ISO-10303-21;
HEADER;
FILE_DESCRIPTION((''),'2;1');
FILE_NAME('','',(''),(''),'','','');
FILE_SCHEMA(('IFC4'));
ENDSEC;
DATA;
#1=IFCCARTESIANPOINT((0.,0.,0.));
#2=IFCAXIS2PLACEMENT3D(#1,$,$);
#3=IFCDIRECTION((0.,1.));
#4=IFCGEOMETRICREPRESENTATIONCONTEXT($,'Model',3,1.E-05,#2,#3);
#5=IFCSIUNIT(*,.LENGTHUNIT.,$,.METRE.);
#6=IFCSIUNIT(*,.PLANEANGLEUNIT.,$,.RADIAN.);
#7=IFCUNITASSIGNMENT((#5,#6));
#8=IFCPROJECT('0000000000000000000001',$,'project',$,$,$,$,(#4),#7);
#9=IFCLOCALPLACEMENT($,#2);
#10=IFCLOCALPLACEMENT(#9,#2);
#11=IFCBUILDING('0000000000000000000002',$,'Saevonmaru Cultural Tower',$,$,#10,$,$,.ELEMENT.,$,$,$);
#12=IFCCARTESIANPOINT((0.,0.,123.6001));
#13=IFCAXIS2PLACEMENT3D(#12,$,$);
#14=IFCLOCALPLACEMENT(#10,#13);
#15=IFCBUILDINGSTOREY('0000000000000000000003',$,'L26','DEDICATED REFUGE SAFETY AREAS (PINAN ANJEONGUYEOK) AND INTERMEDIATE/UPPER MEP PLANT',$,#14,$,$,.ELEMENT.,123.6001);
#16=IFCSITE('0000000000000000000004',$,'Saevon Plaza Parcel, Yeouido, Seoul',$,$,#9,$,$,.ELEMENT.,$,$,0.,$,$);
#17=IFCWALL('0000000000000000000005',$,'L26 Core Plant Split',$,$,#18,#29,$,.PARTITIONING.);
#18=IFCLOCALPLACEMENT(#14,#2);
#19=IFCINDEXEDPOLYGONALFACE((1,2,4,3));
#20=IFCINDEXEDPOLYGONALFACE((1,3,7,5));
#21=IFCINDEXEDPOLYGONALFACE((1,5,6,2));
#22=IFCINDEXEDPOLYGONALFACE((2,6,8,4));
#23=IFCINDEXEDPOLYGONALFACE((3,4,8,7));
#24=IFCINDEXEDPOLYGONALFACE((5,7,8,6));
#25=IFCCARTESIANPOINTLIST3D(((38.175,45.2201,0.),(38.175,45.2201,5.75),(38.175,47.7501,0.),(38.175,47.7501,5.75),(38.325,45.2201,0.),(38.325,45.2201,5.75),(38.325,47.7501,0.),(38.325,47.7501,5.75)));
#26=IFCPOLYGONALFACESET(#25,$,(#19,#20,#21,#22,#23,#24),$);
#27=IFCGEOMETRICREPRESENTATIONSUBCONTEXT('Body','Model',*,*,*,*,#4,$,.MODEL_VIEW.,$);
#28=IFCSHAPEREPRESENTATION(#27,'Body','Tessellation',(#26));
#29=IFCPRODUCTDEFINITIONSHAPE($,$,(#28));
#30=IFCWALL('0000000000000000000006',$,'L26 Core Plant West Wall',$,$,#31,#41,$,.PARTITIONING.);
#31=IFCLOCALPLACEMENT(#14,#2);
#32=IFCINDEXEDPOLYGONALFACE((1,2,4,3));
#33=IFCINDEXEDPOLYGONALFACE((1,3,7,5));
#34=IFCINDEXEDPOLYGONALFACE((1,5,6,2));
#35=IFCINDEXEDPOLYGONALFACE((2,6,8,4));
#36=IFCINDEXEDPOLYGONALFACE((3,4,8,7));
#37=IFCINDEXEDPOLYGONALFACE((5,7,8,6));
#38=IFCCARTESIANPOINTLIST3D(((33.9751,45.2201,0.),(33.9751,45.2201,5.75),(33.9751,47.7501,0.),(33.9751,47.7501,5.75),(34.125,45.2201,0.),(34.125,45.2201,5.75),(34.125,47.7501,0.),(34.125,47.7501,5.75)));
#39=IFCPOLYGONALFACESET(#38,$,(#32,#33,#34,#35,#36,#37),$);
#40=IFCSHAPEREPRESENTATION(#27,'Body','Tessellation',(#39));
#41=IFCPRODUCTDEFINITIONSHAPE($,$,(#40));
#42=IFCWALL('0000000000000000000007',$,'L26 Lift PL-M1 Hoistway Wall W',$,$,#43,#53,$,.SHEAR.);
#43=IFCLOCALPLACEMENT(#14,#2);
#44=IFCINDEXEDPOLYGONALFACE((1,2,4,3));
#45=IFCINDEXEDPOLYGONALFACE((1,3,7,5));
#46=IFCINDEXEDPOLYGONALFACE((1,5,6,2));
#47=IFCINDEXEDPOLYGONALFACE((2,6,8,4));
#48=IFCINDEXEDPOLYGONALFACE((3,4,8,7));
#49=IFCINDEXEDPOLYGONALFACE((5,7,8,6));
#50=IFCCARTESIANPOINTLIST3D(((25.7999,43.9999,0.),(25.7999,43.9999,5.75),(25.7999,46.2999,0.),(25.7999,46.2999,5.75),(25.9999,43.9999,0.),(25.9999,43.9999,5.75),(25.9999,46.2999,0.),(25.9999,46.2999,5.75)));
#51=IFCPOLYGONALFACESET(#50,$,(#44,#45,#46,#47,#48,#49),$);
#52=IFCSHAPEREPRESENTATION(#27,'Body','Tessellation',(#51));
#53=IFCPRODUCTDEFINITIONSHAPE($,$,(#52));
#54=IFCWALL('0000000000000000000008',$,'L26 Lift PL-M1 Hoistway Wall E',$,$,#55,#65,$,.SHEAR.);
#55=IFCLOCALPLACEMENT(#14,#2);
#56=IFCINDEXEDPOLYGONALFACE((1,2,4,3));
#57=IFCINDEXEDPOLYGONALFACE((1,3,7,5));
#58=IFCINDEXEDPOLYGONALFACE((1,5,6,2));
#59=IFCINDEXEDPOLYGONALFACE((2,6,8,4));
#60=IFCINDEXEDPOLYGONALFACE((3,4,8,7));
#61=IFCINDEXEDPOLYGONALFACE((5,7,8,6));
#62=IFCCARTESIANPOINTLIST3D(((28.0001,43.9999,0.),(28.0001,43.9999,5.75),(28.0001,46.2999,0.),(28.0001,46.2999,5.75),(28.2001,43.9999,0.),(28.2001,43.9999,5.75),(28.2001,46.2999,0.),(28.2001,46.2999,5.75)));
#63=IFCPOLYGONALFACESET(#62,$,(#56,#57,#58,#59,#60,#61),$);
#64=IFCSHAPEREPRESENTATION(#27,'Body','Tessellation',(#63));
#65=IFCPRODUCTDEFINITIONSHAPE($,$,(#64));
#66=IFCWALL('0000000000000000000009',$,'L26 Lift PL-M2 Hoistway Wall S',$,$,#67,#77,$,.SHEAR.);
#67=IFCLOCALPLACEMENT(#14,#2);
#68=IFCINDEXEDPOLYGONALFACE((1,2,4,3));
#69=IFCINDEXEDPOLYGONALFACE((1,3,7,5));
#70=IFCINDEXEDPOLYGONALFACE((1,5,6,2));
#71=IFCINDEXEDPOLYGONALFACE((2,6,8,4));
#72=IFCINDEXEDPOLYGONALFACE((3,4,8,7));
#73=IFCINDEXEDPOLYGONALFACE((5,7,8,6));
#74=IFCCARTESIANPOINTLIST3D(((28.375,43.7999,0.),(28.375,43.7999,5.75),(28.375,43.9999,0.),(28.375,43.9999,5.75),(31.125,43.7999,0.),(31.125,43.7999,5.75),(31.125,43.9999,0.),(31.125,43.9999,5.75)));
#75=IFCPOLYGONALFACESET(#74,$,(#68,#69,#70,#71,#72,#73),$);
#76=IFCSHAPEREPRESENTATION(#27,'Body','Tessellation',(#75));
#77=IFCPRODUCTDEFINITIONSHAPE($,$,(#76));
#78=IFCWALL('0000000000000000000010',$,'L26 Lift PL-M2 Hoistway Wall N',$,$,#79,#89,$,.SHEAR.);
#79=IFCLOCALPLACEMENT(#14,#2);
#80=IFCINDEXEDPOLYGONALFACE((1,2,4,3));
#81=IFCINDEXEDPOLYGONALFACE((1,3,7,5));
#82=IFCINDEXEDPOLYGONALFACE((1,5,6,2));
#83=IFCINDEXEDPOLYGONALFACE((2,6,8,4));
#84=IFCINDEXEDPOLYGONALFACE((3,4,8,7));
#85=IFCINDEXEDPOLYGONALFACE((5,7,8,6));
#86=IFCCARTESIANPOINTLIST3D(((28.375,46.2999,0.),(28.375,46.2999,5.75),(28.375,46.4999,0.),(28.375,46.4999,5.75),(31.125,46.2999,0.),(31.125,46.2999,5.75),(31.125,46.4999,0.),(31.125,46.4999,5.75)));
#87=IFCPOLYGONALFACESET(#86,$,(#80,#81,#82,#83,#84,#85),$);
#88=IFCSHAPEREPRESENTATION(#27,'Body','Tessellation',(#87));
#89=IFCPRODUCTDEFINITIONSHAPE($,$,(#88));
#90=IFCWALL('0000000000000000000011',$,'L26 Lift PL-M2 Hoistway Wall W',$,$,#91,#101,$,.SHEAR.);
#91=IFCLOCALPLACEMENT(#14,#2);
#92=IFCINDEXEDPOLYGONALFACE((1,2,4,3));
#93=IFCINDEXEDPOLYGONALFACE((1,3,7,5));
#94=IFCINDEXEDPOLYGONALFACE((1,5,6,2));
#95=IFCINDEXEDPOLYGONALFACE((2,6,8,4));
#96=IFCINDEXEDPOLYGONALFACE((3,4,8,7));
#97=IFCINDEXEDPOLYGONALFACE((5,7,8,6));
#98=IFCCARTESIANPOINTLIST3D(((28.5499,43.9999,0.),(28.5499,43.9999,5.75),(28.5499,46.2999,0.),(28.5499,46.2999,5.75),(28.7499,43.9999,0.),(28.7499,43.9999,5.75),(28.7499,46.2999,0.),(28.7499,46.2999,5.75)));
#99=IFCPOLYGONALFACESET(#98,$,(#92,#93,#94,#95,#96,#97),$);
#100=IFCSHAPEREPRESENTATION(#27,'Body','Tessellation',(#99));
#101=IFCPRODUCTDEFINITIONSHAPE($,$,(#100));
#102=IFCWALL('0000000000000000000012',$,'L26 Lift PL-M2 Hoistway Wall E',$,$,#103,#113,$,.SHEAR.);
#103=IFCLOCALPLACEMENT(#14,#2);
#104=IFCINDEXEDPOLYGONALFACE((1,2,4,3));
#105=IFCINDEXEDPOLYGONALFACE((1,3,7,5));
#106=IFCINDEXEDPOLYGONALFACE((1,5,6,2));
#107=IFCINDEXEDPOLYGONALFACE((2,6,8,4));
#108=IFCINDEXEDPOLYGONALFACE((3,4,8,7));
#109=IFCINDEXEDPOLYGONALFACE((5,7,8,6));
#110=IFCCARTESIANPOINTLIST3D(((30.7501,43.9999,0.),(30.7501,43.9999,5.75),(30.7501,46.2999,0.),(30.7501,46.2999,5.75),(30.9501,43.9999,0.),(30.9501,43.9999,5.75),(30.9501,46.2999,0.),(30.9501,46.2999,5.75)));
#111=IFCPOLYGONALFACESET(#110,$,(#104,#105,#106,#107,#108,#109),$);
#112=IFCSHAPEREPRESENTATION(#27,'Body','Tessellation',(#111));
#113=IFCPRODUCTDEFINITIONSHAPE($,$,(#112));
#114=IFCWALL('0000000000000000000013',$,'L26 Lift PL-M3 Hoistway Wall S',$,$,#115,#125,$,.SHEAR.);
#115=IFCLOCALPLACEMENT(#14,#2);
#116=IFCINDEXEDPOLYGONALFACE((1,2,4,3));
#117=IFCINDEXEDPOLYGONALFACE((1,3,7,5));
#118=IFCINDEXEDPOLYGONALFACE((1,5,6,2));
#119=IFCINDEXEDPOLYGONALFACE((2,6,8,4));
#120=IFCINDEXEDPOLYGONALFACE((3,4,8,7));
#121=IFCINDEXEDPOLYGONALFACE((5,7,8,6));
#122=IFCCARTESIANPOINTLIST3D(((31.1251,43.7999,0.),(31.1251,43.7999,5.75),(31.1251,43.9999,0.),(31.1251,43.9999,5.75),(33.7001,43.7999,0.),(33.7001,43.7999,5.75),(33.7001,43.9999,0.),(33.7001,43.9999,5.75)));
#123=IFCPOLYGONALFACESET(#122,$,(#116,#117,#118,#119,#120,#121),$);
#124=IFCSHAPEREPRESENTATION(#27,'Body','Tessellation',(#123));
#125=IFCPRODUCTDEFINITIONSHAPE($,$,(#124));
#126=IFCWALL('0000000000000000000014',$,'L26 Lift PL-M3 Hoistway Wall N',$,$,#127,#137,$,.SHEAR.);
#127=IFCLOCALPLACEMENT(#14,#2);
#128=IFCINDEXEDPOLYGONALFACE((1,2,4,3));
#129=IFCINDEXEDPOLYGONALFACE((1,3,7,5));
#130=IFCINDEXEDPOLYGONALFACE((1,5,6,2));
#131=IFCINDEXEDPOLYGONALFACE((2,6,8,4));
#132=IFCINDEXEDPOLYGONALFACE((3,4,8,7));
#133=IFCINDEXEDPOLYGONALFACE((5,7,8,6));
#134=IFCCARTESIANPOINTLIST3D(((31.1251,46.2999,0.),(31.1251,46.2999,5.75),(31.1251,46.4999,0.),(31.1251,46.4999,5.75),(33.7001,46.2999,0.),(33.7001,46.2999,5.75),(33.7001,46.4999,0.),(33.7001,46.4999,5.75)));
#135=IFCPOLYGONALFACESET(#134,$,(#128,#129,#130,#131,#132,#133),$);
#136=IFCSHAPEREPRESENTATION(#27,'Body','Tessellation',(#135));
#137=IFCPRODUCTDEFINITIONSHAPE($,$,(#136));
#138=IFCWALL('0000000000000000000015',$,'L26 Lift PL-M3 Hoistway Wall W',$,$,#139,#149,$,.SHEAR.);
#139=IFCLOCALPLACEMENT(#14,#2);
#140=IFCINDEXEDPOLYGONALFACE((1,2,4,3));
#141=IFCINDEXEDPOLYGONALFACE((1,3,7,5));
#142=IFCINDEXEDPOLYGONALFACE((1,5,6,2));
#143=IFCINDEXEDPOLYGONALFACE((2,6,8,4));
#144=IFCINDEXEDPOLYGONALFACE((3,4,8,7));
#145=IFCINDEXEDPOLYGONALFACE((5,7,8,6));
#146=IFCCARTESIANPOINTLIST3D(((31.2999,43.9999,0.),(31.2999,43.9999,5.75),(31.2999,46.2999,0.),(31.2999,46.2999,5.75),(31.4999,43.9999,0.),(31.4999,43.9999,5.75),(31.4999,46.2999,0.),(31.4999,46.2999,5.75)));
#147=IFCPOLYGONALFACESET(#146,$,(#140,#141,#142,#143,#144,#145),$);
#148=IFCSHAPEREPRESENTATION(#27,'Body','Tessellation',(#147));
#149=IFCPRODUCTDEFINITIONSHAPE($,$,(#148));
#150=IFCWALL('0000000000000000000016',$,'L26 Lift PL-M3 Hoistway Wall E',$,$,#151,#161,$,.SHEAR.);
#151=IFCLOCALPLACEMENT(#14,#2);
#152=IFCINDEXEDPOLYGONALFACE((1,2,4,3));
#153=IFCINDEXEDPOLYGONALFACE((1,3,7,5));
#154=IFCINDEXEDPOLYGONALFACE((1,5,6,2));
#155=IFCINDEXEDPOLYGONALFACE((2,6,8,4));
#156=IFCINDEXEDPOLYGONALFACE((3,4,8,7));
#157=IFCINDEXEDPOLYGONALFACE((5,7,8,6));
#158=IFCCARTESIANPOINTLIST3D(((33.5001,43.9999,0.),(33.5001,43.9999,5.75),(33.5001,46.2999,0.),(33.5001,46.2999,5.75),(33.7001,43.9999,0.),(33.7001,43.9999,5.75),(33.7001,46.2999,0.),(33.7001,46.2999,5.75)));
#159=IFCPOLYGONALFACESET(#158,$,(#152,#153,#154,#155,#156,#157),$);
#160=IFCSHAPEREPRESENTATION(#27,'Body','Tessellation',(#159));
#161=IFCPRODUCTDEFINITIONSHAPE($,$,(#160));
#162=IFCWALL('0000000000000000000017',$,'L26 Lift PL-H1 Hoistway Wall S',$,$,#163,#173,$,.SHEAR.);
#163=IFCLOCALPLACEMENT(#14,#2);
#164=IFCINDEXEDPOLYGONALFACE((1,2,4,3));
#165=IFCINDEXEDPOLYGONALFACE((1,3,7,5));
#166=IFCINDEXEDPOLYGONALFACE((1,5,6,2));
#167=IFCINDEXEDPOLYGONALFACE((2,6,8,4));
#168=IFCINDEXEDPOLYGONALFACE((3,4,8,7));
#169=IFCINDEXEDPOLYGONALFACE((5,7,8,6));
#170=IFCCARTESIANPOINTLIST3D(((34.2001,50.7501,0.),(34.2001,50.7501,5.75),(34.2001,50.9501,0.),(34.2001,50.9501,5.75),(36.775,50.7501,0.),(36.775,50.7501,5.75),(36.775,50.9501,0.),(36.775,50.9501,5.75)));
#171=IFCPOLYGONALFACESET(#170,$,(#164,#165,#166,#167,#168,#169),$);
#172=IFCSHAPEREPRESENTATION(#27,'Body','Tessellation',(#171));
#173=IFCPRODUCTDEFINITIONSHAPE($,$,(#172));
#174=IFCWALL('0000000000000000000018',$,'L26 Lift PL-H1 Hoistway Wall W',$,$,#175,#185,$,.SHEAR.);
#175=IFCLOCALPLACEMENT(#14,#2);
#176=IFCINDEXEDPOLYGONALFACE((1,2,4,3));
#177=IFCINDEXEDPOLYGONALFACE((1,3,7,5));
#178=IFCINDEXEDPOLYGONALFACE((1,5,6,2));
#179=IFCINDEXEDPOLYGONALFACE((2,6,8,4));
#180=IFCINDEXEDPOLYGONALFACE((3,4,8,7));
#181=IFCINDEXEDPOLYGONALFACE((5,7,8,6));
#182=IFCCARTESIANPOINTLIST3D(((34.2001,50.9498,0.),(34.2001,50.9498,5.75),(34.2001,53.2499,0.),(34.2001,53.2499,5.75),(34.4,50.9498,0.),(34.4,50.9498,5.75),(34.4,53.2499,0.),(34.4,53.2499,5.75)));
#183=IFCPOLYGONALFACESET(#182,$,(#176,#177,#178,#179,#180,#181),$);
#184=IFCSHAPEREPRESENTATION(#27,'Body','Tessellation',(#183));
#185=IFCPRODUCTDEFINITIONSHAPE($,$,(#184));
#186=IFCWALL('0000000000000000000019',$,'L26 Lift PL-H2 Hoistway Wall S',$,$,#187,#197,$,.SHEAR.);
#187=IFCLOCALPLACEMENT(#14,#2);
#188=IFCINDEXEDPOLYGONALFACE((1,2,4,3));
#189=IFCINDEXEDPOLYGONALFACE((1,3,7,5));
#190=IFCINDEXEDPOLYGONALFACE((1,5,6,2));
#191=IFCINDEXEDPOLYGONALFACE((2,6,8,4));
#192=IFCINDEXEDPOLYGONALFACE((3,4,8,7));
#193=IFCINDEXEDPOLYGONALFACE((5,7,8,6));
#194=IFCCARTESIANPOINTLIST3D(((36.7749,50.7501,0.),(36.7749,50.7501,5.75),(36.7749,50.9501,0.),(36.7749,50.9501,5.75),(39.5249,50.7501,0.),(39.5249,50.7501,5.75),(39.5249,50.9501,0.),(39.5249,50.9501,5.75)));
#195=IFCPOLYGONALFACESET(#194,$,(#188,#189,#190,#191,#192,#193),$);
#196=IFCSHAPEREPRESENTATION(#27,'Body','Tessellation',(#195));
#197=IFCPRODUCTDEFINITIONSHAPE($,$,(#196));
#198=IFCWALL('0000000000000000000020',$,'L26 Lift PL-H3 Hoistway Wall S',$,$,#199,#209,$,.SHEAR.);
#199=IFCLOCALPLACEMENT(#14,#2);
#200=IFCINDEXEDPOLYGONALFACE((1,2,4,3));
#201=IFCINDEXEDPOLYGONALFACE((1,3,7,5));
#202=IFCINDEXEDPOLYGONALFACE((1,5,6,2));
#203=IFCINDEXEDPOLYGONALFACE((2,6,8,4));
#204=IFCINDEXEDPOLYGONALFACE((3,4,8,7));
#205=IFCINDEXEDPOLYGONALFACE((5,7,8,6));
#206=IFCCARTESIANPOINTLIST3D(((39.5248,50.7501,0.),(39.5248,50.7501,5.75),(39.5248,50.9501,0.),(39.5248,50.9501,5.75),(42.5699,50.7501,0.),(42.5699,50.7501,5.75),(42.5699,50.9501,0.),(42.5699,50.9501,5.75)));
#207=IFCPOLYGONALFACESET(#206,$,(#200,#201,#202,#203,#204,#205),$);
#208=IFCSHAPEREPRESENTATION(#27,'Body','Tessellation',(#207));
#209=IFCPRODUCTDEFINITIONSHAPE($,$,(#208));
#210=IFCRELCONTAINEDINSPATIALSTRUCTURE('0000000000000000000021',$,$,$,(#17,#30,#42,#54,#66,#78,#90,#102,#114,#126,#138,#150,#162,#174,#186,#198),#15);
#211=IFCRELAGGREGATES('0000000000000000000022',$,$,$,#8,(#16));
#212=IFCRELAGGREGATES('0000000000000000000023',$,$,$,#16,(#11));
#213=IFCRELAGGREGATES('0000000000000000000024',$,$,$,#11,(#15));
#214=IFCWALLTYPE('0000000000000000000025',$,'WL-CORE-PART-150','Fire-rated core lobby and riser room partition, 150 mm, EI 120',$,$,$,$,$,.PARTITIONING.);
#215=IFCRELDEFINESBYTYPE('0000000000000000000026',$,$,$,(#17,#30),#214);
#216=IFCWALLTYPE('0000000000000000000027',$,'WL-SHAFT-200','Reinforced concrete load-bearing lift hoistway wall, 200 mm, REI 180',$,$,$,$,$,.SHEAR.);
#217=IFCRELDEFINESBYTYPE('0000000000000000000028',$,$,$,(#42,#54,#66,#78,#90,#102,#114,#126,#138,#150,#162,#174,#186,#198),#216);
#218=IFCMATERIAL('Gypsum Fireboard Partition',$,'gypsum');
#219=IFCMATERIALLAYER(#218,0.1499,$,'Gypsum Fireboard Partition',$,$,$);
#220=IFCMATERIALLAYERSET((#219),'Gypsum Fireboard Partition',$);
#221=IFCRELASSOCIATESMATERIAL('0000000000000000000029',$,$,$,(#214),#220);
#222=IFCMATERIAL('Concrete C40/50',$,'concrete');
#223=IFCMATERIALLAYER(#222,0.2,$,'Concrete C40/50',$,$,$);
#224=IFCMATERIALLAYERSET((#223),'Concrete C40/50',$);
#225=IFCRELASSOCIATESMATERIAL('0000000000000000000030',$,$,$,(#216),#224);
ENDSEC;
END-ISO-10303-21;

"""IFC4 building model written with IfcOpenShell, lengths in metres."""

from ifc_helpers import new_model, si_unit, direction, frame, frame_2d, origin, place, context, subcontext, project, spatial, rectangle, extrude, material, layer, layer_set, type_object, element, save


model = new_model("IFC4")

# Units and contexts
model_context = context("Model", 3, precision=1e-05, world=origin(), true_north=direction((0.0, 1.0)))
body_context = subcontext(model_context, "Body", "Model", "MODEL_VIEW")
ifc_project = project(units=[si_unit("LENGTHUNIT", "METRE"), si_unit("PLANEANGLEUNIT", "RADIAN")], contexts=[model_context])

# Site, building, storey
site_placement = place(None, origin())
site = spatial("IfcSite", under=ifc_project, at=site_placement, Name="Saevon Plaza Parcel, Yeouido, Seoul", CompositionType="ELEMENT", RefElevation=0.0)
building_placement = place(site_placement, origin())
building = spatial("IfcBuilding", under=site, at=building_placement, Name="Saevonmaru Cultural Tower", CompositionType="ELEMENT")
storey_placement = place(building_placement, frame((0.0, 0.0, 123.6001)))
storey = spatial("IfcBuildingStorey", under=building, at=storey_placement, Name="L26", Description="DEDICATED REFUGE SAFETY AREAS (PINAN ANJEONGUYEOK) AND INTERMEDIATE/UPPER MEP PLANT", CompositionType="ELEMENT", Elevation=123.6001)

# Shared definitions
ifc_material_1 = material(Name="Gypsum Fireboard Partition", Category="gypsum")
ifc_layer_1 = layer(ifc_material_1, 0.1499, Name="Gypsum Fireboard Partition")
ifc_layer_set_1 = layer_set([ifc_layer_1], Name="Gypsum Fireboard Partition")
wall_type_1 = type_object("IfcWallType", Name="WL-CORE-PART-150", Description="Fire-rated core lobby and riser room partition, 150 mm, EI 120", PredefinedType="PARTITIONING", material=ifc_layer_set_1)

# Walls
for number, where, z_axis, x_axis, name in (
    (1, (38.25, 45.22, 0.0), (0.0, 0.0, 1.0), (0.0, 1.0, 0.0), "L26 Core Plant Split"),
    (2, (34.05, 45.22, 0.0), (0.0, 0.0, 1.0), (0.0, 1.0, 0.0), "L26 Core Plant West Wall"),
):
    element("IfcWall", number, at=place(storey_placement, frame(where, z_axis=z_axis, x_axis=x_axis)), inside=storey, type_object=wall_type_1, Name=name, PredefinedType="PARTITIONING", context=body_context, shape_type="SweptSolid", body=[
        extrude(rectangle(XDim=2.53, YDim=0.1499, at=frame_2d((1.2651, 0.0))), origin(), (0.0, 0.0, 1.0), 5.75),
    ])
ifc_material_2 = material(Name="Concrete C40/50", Category="concrete")
ifc_layer_2 = layer(ifc_material_2, 0.2, Name="Concrete C40/50")
ifc_layer_set_2 = layer_set([ifc_layer_2], Name="Concrete C40/50")
wall_type_2 = type_object("IfcWallType", Name="WL-SHAFT-200", Description="Reinforced concrete load-bearing lift hoistway wall, 200 mm, REI 180", PredefinedType="SHEAR", material=ifc_layer_set_2)
for number, where, z_axis, x_axis, name in (
    (3, (25.8999, 44.0, 0.0), (0.0, 0.0, 1.0), (0.0, 1.0, 0.0), "L26 Lift PL-M1 Hoistway Wall W"),
    (4, (28.1001, 44.0, 0.0), (0.0, 0.0, 1.0), (0.0, 1.0, 0.0), "L26 Lift PL-M1 Hoistway Wall E"),
):
    element("IfcWall", number, at=place(storey_placement, frame(where, z_axis=z_axis, x_axis=x_axis)), inside=storey, type_object=wall_type_2, Name=name, PredefinedType="SHEAR", context=body_context, shape_type="SweptSolid", body=[
        extrude(rectangle(XDim=2.3, YDim=0.2, at=frame_2d((1.1499, 0.0))), origin(), (0.0, 0.0, 1.0), 5.75),
    ])
for number, where, z_axis, x_axis, name in (
    (5, (28.375, 43.8999, 0.0), (0.0, 0.0, 1.0), (1.0, 0.0, 0.0), "L26 Lift PL-M2 Hoistway Wall S"),
    (6, (28.375, 46.3999, 0.0), (0.0, 0.0, 1.0), (1.0, 0.0, 0.0), "L26 Lift PL-M2 Hoistway Wall N"),
):
    element("IfcWall", number, at=place(storey_placement, frame(where, z_axis=z_axis, x_axis=x_axis)), inside=storey, type_object=wall_type_2, Name=name, PredefinedType="SHEAR", context=body_context, shape_type="SweptSolid", body=[
        extrude(rectangle(XDim=2.75, YDim=0.2, at=frame_2d((1.375, 0.0))), origin(), (0.0, 0.0, 1.0), 5.75),
    ])
for number, where, z_axis, x_axis, name in (
    (7, (28.6499, 44.0, 0.0), (0.0, 0.0, 1.0), (0.0, 1.0, 0.0), "L26 Lift PL-M2 Hoistway Wall W"),
    (8, (30.8501, 44.0, 0.0), (0.0, 0.0, 1.0), (0.0, 1.0, 0.0), "L26 Lift PL-M2 Hoistway Wall E"),
):
    element("IfcWall", number, at=place(storey_placement, frame(where, z_axis=z_axis, x_axis=x_axis)), inside=storey, type_object=wall_type_2, Name=name, PredefinedType="SHEAR", context=body_context, shape_type="SweptSolid", body=[
        extrude(rectangle(XDim=2.3, YDim=0.2, at=frame_2d((1.1499, 0.0))), origin(), (0.0, 0.0, 1.0), 5.75),
    ])
for number, where, z_axis, x_axis, name in (
    (9, (31.125, 43.8999, 0.0), (0.0, 0.0, 1.0), (1.0, 0.0, 0.0), "L26 Lift PL-M3 Hoistway Wall S"),
    (10, (31.125, 46.3999, 0.0), (0.0, 0.0, 1.0), (1.0, 0.0, 0.0), "L26 Lift PL-M3 Hoistway Wall N"),
):
    element("IfcWall", number, at=place(storey_placement, frame(where, z_axis=z_axis, x_axis=x_axis)), inside=storey, type_object=wall_type_2, Name=name, PredefinedType="SHEAR", context=body_context, shape_type="SweptSolid", body=[
        extrude(rectangle(XDim=2.575, YDim=0.2, at=frame_2d((1.2876, 0.0))), origin(), (0.0, 0.0, 1.0), 5.75),
    ])
for number, where, z_axis, x_axis, name in (
    (11, (31.3999, 44.0, 0.0), (0.0, 0.0, 1.0), (0.0, 1.0, 0.0), "L26 Lift PL-M3 Hoistway Wall W"),
    (12, (33.6001, 44.0, 0.0), (0.0, 0.0, 1.0), (0.0, 1.0, 0.0), "L26 Lift PL-M3 Hoistway Wall E"),
):
    element("IfcWall", number, at=place(storey_placement, frame(where, z_axis=z_axis, x_axis=x_axis)), inside=storey, type_object=wall_type_2, Name=name, PredefinedType="SHEAR", context=body_context, shape_type="SweptSolid", body=[
        extrude(rectangle(XDim=2.3, YDim=0.2, at=frame_2d((1.1499, 0.0))), origin(), (0.0, 0.0, 1.0), 5.75),
    ])
wall_1_placement = place(storey_placement, frame((34.2, 50.8501, 0.0), z_axis=(0.0, 0.0, 1.0), x_axis=(1.0, 0.0, 0.0)))
element("IfcWall", 13, at=wall_1_placement, inside=storey, type_object=wall_type_2, Name="L26 Lift PL-H1 Hoistway Wall S", PredefinedType="SHEAR", context=body_context, shape_type="SweptSolid", body=[
    extrude(rectangle(XDim=2.575, YDim=0.2, at=frame_2d((1.2876, 0.0))), origin(), (0.0, 0.0, 1.0), 5.75),
])
wall_2_placement = place(storey_placement, frame((34.3, 50.95, 0.0), z_axis=(0.0, 0.0, 1.0), x_axis=(0.0, 1.0, 0.0)))
element("IfcWall", 14, at=wall_2_placement, inside=storey, type_object=wall_type_2, Name="L26 Lift PL-H1 Hoistway Wall W", PredefinedType="SHEAR", context=body_context, shape_type="SweptSolid", body=[
    extrude(rectangle(XDim=2.3, YDim=0.2, at=frame_2d((1.1499, 0.0))), origin(), (0.0, 0.0, 1.0), 5.75),
])
wall_3_placement = place(storey_placement, frame((36.7749, 50.8501, 0.0), z_axis=(0.0, 0.0, 1.0), x_axis=(1.0, 0.0, 0.0)))
element("IfcWall", 15, at=wall_3_placement, inside=storey, type_object=wall_type_2, Name="L26 Lift PL-H2 Hoistway Wall S", PredefinedType="SHEAR", context=body_context, shape_type="SweptSolid", body=[
    extrude(rectangle(XDim=2.75, YDim=0.2, at=frame_2d((1.375, 0.0))), origin(), (0.0, 0.0, 1.0), 5.75),
])
wall_4_placement = place(storey_placement, frame((39.5249, 50.8501, 0.0), z_axis=(0.0, 0.0, 1.0), x_axis=(1.0, 0.0, 0.0)))
element("IfcWall", 16, at=wall_4_placement, inside=storey, type_object=wall_type_2, Name="L26 Lift PL-H3 Hoistway Wall S", PredefinedType="SHEAR", context=body_context, shape_type="SweptSolid", body=[
    extrude(rectangle(XDim=3.0452, YDim=0.2, at=frame_2d((1.5225, 0.0))), origin(), (0.0, 0.0, 1.0), 5.75),
])

save(model, "model.ifc")
